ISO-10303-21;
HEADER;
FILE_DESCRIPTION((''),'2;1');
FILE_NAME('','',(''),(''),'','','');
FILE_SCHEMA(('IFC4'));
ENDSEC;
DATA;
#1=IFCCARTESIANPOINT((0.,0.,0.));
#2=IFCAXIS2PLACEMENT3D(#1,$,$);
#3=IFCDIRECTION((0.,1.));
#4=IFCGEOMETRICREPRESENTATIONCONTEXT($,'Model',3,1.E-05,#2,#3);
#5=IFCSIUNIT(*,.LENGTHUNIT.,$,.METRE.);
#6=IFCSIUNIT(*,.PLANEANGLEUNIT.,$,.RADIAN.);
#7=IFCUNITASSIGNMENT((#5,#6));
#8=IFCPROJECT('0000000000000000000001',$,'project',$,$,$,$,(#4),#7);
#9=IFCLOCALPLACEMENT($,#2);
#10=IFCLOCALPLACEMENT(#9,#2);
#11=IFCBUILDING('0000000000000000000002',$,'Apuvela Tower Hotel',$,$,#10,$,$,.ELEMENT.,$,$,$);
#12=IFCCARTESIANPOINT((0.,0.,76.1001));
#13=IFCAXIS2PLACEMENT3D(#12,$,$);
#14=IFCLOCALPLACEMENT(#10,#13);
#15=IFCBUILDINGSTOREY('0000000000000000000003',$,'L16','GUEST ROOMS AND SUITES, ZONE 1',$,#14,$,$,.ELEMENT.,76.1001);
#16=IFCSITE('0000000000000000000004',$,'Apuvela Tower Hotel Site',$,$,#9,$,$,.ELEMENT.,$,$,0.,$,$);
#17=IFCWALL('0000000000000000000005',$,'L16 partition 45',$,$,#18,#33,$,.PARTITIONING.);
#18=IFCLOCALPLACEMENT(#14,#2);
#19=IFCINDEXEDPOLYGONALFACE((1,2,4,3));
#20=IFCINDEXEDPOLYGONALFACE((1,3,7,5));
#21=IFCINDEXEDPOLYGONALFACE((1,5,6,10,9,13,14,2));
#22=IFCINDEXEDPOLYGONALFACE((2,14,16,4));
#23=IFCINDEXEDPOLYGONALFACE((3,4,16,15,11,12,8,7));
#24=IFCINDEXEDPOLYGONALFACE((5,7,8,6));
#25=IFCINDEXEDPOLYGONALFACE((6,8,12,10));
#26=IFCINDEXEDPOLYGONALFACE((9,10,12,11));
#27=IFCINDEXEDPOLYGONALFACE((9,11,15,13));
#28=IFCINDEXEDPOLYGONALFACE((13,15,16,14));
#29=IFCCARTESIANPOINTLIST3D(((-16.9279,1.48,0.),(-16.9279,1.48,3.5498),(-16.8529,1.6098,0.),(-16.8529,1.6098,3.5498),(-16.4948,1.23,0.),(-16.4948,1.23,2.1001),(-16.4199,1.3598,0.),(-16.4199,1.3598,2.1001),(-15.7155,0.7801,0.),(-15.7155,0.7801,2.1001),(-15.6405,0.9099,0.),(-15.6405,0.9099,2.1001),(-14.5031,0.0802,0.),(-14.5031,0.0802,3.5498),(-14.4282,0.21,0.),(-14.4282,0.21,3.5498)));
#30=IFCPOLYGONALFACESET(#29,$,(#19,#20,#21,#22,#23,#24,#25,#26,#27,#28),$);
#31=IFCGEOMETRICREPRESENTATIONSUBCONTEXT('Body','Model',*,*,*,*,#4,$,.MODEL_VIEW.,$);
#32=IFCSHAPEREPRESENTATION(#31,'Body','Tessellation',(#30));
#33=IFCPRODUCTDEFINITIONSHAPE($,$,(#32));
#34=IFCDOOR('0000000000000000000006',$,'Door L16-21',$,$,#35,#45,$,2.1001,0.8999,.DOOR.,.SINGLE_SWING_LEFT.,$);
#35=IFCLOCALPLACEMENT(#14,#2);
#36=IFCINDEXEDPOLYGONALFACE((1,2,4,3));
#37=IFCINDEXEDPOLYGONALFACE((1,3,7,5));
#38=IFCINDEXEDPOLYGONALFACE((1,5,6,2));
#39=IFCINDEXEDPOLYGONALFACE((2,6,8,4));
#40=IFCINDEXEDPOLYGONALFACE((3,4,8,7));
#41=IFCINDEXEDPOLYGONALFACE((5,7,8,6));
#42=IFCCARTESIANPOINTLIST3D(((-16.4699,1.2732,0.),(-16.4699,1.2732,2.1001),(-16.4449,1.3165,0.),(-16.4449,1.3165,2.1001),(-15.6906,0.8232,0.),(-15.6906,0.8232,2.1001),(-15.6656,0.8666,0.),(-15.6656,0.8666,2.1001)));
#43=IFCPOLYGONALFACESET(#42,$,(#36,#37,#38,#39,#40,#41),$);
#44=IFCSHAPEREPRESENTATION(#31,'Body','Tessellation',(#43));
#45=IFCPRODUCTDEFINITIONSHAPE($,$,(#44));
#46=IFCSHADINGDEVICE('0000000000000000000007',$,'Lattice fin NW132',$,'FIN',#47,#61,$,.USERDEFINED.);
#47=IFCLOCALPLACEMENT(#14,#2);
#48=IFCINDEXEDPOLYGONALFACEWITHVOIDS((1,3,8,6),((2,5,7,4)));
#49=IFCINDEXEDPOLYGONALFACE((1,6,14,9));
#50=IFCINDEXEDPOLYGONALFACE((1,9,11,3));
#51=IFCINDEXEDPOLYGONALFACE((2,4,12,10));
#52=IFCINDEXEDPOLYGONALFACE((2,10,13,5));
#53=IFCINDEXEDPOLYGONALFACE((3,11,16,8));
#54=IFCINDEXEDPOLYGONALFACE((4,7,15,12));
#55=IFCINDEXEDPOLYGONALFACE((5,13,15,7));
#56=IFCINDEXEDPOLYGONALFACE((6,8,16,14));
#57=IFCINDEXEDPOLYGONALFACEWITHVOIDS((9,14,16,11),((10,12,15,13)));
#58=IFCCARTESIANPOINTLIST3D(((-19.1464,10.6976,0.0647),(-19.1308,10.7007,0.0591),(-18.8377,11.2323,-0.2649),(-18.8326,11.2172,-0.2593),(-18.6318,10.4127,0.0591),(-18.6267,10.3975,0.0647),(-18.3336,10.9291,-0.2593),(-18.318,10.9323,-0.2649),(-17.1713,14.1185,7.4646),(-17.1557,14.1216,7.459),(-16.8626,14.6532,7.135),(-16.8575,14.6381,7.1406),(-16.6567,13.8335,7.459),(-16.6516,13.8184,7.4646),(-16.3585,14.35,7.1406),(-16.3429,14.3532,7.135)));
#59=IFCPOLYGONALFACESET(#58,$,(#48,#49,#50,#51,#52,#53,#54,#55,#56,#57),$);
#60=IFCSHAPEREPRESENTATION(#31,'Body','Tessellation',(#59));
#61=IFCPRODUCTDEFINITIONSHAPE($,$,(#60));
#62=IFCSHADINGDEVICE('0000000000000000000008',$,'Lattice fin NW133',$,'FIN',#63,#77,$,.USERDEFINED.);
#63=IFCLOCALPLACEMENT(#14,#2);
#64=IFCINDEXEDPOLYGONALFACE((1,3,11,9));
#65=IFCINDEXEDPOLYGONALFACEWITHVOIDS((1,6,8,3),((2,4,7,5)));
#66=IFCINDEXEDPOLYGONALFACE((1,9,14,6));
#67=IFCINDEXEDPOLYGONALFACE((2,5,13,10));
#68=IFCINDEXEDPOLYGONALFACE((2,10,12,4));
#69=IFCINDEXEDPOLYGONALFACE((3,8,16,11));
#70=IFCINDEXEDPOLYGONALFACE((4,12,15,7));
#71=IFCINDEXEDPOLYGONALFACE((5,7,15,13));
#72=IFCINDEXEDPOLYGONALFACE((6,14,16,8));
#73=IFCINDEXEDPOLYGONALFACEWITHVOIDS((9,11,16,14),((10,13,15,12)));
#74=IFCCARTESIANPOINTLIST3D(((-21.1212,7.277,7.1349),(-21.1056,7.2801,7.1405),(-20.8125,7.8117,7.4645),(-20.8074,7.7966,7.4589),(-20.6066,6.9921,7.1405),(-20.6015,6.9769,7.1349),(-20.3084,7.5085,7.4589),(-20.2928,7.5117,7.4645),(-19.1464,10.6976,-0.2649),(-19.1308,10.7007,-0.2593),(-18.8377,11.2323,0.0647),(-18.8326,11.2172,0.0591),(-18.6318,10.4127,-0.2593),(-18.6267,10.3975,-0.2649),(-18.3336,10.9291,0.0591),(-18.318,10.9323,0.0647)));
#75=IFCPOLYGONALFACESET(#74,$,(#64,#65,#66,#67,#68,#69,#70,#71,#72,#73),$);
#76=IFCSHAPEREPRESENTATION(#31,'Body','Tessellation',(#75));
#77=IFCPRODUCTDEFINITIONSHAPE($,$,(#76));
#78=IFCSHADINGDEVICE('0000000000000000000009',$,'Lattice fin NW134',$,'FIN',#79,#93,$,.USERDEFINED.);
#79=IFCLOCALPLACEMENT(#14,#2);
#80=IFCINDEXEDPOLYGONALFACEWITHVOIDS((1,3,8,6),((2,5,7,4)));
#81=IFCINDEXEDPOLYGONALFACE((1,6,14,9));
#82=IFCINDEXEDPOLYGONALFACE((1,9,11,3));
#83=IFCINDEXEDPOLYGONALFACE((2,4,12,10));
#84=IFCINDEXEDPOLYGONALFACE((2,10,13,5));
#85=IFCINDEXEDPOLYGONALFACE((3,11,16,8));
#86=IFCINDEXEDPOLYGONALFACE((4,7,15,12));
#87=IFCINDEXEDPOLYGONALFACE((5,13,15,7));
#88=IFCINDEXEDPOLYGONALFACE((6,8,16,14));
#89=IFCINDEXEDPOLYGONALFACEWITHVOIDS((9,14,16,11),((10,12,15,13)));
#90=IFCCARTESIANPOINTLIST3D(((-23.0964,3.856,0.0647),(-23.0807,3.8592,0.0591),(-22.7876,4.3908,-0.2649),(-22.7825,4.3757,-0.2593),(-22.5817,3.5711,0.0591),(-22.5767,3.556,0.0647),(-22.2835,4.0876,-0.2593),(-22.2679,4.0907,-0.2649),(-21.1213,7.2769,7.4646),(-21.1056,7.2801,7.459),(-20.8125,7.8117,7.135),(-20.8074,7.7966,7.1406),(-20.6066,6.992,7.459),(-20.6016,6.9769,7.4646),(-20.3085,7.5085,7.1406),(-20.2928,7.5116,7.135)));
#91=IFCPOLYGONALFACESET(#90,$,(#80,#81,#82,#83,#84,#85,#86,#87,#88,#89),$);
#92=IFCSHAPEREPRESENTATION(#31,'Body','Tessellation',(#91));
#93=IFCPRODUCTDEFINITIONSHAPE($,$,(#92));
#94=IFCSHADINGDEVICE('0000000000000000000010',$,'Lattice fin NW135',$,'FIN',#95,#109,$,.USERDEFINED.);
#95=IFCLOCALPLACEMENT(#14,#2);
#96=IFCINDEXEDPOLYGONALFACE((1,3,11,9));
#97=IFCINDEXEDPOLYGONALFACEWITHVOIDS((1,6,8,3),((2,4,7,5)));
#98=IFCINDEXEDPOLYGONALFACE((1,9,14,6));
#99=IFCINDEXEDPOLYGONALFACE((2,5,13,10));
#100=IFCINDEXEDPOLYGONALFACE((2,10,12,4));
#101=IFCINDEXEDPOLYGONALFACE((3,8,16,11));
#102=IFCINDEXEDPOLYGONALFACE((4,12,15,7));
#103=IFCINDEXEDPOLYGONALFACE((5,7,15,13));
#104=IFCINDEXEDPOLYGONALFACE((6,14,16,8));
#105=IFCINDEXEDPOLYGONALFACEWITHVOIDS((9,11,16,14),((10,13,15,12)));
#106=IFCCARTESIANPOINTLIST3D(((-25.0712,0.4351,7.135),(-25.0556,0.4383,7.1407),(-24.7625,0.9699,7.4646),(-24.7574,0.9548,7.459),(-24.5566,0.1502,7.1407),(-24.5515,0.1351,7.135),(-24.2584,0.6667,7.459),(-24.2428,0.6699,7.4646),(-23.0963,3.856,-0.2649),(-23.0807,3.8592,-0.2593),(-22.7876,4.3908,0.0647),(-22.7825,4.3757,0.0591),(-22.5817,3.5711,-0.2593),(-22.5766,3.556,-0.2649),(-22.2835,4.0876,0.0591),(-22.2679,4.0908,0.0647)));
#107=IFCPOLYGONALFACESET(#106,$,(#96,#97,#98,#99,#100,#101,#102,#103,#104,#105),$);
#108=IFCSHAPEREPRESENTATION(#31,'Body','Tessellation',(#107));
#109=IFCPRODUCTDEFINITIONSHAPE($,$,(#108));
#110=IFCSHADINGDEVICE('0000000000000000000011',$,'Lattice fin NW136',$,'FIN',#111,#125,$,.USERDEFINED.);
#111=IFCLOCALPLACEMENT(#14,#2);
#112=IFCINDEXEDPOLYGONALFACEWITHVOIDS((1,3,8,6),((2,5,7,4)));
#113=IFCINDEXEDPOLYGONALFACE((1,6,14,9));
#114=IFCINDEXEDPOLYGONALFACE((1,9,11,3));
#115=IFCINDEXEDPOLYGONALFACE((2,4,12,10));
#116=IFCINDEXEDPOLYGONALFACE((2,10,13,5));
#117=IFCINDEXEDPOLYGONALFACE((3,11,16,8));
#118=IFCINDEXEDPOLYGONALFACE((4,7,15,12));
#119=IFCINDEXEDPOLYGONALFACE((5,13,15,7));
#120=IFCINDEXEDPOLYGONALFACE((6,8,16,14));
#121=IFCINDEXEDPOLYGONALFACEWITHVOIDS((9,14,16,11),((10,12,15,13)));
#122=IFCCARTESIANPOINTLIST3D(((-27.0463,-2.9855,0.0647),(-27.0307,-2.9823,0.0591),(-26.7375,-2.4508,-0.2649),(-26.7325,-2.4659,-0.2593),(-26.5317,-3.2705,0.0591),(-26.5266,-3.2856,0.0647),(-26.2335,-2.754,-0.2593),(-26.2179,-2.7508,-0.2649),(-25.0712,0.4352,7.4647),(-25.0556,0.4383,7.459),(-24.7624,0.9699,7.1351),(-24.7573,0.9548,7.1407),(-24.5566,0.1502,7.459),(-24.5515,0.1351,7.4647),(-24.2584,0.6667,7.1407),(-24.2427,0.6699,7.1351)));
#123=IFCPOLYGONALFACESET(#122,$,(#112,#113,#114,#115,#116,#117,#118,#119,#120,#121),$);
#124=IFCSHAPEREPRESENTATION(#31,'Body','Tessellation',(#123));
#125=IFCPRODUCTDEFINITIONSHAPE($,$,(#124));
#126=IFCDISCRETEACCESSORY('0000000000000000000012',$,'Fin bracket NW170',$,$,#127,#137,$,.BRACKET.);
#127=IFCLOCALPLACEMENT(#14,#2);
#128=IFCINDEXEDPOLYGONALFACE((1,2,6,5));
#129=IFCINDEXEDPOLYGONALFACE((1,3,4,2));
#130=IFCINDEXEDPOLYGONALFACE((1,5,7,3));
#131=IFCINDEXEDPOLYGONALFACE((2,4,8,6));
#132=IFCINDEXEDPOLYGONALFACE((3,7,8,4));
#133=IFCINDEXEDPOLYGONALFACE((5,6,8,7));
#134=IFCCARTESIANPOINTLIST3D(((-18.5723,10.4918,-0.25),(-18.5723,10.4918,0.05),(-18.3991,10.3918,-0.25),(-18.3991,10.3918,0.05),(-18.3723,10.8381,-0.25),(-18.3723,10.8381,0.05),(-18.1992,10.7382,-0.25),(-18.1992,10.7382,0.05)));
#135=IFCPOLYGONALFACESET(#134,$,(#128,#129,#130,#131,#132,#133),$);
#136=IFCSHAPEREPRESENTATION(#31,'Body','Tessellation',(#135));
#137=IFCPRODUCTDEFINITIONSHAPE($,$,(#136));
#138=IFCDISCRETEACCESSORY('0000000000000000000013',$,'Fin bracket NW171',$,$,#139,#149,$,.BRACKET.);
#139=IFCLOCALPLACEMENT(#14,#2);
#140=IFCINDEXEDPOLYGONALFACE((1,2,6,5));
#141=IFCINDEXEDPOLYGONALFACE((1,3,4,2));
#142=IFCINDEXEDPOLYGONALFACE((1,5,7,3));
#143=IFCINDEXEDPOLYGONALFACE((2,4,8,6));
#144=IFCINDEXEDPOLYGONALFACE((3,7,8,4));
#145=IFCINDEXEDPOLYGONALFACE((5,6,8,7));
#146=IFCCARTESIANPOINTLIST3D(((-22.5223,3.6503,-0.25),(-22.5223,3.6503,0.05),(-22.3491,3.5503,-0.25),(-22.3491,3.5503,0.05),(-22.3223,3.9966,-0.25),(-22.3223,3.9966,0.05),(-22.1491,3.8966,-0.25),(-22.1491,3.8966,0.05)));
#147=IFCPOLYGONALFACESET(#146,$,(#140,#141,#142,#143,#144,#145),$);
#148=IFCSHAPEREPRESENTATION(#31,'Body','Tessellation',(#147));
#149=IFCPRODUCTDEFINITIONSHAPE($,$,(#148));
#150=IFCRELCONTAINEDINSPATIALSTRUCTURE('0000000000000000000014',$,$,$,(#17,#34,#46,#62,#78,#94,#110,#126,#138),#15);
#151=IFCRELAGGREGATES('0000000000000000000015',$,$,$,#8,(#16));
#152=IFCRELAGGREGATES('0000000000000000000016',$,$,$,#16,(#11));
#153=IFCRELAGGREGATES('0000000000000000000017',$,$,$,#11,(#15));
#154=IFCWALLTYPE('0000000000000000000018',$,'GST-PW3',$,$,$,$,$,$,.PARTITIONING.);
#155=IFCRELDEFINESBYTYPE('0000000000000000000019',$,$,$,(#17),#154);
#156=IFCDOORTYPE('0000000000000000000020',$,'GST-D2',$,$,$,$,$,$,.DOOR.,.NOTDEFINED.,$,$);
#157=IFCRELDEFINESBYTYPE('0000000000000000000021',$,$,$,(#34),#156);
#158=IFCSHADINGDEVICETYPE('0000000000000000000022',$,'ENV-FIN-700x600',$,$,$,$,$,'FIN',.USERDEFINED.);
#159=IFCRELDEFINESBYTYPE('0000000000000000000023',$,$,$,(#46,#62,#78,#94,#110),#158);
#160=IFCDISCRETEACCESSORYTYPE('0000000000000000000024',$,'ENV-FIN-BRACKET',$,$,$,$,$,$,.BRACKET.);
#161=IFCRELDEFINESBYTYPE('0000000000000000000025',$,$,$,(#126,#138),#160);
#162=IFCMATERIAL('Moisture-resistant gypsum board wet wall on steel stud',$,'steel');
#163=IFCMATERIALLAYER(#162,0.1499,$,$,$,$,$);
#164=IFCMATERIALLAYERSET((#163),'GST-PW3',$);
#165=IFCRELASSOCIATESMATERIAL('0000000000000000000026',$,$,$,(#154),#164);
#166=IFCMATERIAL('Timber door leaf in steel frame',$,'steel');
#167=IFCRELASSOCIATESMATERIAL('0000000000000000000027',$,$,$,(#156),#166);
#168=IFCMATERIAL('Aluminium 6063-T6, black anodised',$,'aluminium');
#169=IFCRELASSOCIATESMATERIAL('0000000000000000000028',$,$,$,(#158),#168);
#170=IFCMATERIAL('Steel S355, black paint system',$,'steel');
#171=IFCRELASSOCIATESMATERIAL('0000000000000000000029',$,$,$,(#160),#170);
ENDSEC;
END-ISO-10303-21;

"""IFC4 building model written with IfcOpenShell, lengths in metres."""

from ifc_helpers import new_model, si_unit, direction, frame, frame_2d, origin, origin_2d, place, context, subcontext, project, spatial, rectangle, hollow_rectangle, extrude, material, layer, layer_set, material_profile, profile_set, type_object, element, fill, save


model = new_model("IFC4")

# Units and contexts
model_context = context("Model", 3, precision=1e-05, world=origin(), true_north=direction((0.0, 1.0)))
body_context = subcontext(model_context, "Body", "Model", "MODEL_VIEW")
ifc_project = project(units=[si_unit("LENGTHUNIT", "METRE"), si_unit("PLANEANGLEUNIT", "RADIAN")], contexts=[model_context])

# Site, building, storey
site_placement = place(None, origin())
site = spatial("IfcSite", under=ifc_project, at=site_placement, Name="Apuvela Tower Hotel Site", CompositionType="ELEMENT", RefElevation=0.0)
building_placement = place(site_placement, origin())
building = spatial("IfcBuilding", under=site, at=building_placement, Name="Apuvela Tower Hotel", CompositionType="ELEMENT")
storey_placement = place(building_placement, frame((0.0, 0.0, 76.1001)))
storey = spatial("IfcBuildingStorey", under=building, at=storey_placement, Name="L16", Description="GUEST ROOMS AND SUITES, ZONE 1", CompositionType="ELEMENT", Elevation=76.1001)

# Wall, opening, door
ifc_material_1 = material(Name="Moisture-resistant gypsum board wet wall on steel stud", Category="steel")
ifc_layer_1 = layer(ifc_material_1, 0.1499)
ifc_layer_set_1 = layer_set([ifc_layer_1], Name="GST-PW3")
wall_type_1 = type_object("IfcWallType", Name="GST-PW3", PredefinedType="PARTITIONING", material=ifc_layer_set_1)
wall_1_placement = place(storey_placement, frame((-16.8904, 1.5449, 0.0), z_axis=(0.0, 0.0, 1.0), x_axis=(0.866035, -0.499984, 0.0)))
wall_1 = element("IfcWall", 1, at=wall_1_placement, inside=storey, type_object=wall_type_1, Name="L16 partition 45", PredefinedType="PARTITIONING", context=body_context, shape_type="SweptSolid", body=[
    extrude(rectangle(XDim=2.7998, YDim=0.1499, at=frame_2d((1.3999, 0.0))), origin(), (0.0, 0.0, 1.0), 3.5498),
])
opening_1_placement = place(wall_1_placement, frame((0.5, 0.0, 0.0)))
opening_1 = element("IfcOpeningElement", 2, at=opening_1_placement, cuts=wall_1, PredefinedType="OPENING", context=body_context, shape_type="SweptSolid", body=[
    extrude(rectangle(XDim=0.8999, YDim=2.1001, at=frame_2d((0.45, 1.05))), frame((0.0, 0.085, 0.0), z_axis=(0.0, -1.0, 0.0), x_axis=(1.0, 0.0, 0.0)), (0.0, 0.0, 1.0), 0.1699),
])
ifc_material_2 = material(Name="Timber door leaf in steel frame", Category="steel")
door_type_1 = type_object("IfcDoorType", Name="GST-D2", OperationType="NOTDEFINED", PredefinedType="DOOR", material=ifc_material_2)
door_1_placement = place(opening_1_placement, origin())
door_1 = element("IfcDoor", 3, at=door_1_placement, inside=storey, type_object=door_type_1, Name="Door L16-21", OperationType="SINGLE_SWING_LEFT", OverallHeight=2.1001, OverallWidth=0.8999, PredefinedType="DOOR", context=body_context, shape_type="SweptSolid", body=[
    extrude(rectangle(XDim=0.8999, YDim=2.1001, at=frame_2d((0.45, 1.05))), frame((0.0, 0.0249, 0.0), z_axis=(0.0, -1.0, 0.0), x_axis=(1.0, 0.0, 0.0)), (0.0, 0.0, 1.0), 0.05),
])
fill(opening_1, door_1)

# Shading devices
ifc_material_3 = material(Name="Aluminium 6063-T6, black anodised", Category="aluminium")
ifc_material_profile_1 = material_profile(ifc_material_3, hollow_rectangle(XDim=0.6001, YDim=0.7, WallThickness=0.012, at=origin_2d()), Name="AL BOX 700x600x12")
ifc_profile_set_1 = profile_set([ifc_material_profile_1], Name="Aluminium 6063-T6, black anodised")
shading_device_type = type_object("IfcShadingDeviceType", Name="ENV-FIN-700x600", ElementType="FIN", PredefinedType="USERDEFINED", material=ifc_profile_set_1)
shading_device_1_placement = place(storey_placement, frame((-18.7322, 10.8149, -0.1001), z_axis=(0.235461, 0.407822, 0.882179), x_axis=(-0.866021, 0.500008, 0.0)))
element("IfcShadingDevice", 4, at=shading_device_1_placement, inside=storey, type_object=shading_device_type, Name="Lattice fin NW132", ObjectType="FIN", PredefinedType="USERDEFINED", context=body_context, shape_type="SweptSolid", body=[
    extrude(hollow_rectangle(XDim=0.6001, YDim=0.7, WallThickness=0.012, at=origin_2d()), origin(), (0.0, 0.0, 1.0), 8.3882),
])
shading_device_2_placement = place(storey_placement, frame((-18.7322, 10.8149, -0.1001), z_axis=(-0.235436, -0.407801, 0.882195), x_axis=(0.866032, -0.499988, 0.0)))
element("IfcShadingDevice", 5, at=shading_device_2_placement, inside=storey, type_object=shading_device_type, Name="Lattice fin NW133", ObjectType="FIN", PredefinedType="USERDEFINED", context=body_context, shape_type="SweptSolid", body=[
    extrude(hollow_rectangle(XDim=0.6001, YDim=0.7, WallThickness=0.012, at=origin_2d()), origin(), (0.0, 0.0, 1.0), 8.3879),
])
for number, where, z_axis, x_axis, name in (
    (6, (-22.6821, 3.9734, -0.1001), (0.235461, 0.407822, 0.882179), (-0.866021, 0.500008, 0.0), "Lattice fin NW134"),
    (7, (-22.6821, 3.9734, -0.1001), (-0.235434, -0.407825, 0.882185), (0.866048, -0.499961, 0.0), "Lattice fin NW135"),
    (8, (-26.6321, -2.8682, -0.1001), (0.235464, 0.407798, 0.882189), (-0.866005, 0.500035, 0.0), "Lattice fin NW136"),
):
    element("IfcShadingDevice", number, at=place(storey_placement, frame(where, z_axis=z_axis, x_axis=x_axis)), inside=storey, type_object=shading_device_type, Name=name, ObjectType="FIN", PredefinedType="USERDEFINED", context=body_context, shape_type="SweptSolid", body=[
        extrude(hollow_rectangle(XDim=0.6001, YDim=0.7, WallThickness=0.012, at=origin_2d()), origin(), (0.0, 0.0, 1.0), 8.3882),
    ])

# Discrete accessories
ifc_material_4 = material(Name="Steel S355, black paint system", Category="steel")
discrete_accessory_type = type_object("IfcDiscreteAccessoryType", Name="ENV-FIN-BRACKET", PredefinedType="BRACKET", material=ifc_material_4)
for number, where, z_axis, x_axis, name in (
    (9, (-18.3857, 10.615, -0.25), (0.0, 0.0, 1.0), (-0.5, -0.866025, 0.0), "Fin bracket NW170"),
    (10, (-22.3357, 3.7734, -0.25), (0.0, 0.0, 1.0), (-0.5, -0.866025, 0.0), "Fin bracket NW171"),
):
    element("IfcDiscreteAccessory", number, at=place(storey_placement, frame(where, z_axis=z_axis, x_axis=x_axis)), inside=storey, type_object=discrete_accessory_type, Name=name, PredefinedType="BRACKET", context=body_context, shape_type="SweptSolid", body=[
        extrude(rectangle(XDim=0.3999, YDim=0.2, at=origin_2d()), origin(), (0.0, 0.0, 1.0), 0.3),
    ])

save(model, "model.ifc")
